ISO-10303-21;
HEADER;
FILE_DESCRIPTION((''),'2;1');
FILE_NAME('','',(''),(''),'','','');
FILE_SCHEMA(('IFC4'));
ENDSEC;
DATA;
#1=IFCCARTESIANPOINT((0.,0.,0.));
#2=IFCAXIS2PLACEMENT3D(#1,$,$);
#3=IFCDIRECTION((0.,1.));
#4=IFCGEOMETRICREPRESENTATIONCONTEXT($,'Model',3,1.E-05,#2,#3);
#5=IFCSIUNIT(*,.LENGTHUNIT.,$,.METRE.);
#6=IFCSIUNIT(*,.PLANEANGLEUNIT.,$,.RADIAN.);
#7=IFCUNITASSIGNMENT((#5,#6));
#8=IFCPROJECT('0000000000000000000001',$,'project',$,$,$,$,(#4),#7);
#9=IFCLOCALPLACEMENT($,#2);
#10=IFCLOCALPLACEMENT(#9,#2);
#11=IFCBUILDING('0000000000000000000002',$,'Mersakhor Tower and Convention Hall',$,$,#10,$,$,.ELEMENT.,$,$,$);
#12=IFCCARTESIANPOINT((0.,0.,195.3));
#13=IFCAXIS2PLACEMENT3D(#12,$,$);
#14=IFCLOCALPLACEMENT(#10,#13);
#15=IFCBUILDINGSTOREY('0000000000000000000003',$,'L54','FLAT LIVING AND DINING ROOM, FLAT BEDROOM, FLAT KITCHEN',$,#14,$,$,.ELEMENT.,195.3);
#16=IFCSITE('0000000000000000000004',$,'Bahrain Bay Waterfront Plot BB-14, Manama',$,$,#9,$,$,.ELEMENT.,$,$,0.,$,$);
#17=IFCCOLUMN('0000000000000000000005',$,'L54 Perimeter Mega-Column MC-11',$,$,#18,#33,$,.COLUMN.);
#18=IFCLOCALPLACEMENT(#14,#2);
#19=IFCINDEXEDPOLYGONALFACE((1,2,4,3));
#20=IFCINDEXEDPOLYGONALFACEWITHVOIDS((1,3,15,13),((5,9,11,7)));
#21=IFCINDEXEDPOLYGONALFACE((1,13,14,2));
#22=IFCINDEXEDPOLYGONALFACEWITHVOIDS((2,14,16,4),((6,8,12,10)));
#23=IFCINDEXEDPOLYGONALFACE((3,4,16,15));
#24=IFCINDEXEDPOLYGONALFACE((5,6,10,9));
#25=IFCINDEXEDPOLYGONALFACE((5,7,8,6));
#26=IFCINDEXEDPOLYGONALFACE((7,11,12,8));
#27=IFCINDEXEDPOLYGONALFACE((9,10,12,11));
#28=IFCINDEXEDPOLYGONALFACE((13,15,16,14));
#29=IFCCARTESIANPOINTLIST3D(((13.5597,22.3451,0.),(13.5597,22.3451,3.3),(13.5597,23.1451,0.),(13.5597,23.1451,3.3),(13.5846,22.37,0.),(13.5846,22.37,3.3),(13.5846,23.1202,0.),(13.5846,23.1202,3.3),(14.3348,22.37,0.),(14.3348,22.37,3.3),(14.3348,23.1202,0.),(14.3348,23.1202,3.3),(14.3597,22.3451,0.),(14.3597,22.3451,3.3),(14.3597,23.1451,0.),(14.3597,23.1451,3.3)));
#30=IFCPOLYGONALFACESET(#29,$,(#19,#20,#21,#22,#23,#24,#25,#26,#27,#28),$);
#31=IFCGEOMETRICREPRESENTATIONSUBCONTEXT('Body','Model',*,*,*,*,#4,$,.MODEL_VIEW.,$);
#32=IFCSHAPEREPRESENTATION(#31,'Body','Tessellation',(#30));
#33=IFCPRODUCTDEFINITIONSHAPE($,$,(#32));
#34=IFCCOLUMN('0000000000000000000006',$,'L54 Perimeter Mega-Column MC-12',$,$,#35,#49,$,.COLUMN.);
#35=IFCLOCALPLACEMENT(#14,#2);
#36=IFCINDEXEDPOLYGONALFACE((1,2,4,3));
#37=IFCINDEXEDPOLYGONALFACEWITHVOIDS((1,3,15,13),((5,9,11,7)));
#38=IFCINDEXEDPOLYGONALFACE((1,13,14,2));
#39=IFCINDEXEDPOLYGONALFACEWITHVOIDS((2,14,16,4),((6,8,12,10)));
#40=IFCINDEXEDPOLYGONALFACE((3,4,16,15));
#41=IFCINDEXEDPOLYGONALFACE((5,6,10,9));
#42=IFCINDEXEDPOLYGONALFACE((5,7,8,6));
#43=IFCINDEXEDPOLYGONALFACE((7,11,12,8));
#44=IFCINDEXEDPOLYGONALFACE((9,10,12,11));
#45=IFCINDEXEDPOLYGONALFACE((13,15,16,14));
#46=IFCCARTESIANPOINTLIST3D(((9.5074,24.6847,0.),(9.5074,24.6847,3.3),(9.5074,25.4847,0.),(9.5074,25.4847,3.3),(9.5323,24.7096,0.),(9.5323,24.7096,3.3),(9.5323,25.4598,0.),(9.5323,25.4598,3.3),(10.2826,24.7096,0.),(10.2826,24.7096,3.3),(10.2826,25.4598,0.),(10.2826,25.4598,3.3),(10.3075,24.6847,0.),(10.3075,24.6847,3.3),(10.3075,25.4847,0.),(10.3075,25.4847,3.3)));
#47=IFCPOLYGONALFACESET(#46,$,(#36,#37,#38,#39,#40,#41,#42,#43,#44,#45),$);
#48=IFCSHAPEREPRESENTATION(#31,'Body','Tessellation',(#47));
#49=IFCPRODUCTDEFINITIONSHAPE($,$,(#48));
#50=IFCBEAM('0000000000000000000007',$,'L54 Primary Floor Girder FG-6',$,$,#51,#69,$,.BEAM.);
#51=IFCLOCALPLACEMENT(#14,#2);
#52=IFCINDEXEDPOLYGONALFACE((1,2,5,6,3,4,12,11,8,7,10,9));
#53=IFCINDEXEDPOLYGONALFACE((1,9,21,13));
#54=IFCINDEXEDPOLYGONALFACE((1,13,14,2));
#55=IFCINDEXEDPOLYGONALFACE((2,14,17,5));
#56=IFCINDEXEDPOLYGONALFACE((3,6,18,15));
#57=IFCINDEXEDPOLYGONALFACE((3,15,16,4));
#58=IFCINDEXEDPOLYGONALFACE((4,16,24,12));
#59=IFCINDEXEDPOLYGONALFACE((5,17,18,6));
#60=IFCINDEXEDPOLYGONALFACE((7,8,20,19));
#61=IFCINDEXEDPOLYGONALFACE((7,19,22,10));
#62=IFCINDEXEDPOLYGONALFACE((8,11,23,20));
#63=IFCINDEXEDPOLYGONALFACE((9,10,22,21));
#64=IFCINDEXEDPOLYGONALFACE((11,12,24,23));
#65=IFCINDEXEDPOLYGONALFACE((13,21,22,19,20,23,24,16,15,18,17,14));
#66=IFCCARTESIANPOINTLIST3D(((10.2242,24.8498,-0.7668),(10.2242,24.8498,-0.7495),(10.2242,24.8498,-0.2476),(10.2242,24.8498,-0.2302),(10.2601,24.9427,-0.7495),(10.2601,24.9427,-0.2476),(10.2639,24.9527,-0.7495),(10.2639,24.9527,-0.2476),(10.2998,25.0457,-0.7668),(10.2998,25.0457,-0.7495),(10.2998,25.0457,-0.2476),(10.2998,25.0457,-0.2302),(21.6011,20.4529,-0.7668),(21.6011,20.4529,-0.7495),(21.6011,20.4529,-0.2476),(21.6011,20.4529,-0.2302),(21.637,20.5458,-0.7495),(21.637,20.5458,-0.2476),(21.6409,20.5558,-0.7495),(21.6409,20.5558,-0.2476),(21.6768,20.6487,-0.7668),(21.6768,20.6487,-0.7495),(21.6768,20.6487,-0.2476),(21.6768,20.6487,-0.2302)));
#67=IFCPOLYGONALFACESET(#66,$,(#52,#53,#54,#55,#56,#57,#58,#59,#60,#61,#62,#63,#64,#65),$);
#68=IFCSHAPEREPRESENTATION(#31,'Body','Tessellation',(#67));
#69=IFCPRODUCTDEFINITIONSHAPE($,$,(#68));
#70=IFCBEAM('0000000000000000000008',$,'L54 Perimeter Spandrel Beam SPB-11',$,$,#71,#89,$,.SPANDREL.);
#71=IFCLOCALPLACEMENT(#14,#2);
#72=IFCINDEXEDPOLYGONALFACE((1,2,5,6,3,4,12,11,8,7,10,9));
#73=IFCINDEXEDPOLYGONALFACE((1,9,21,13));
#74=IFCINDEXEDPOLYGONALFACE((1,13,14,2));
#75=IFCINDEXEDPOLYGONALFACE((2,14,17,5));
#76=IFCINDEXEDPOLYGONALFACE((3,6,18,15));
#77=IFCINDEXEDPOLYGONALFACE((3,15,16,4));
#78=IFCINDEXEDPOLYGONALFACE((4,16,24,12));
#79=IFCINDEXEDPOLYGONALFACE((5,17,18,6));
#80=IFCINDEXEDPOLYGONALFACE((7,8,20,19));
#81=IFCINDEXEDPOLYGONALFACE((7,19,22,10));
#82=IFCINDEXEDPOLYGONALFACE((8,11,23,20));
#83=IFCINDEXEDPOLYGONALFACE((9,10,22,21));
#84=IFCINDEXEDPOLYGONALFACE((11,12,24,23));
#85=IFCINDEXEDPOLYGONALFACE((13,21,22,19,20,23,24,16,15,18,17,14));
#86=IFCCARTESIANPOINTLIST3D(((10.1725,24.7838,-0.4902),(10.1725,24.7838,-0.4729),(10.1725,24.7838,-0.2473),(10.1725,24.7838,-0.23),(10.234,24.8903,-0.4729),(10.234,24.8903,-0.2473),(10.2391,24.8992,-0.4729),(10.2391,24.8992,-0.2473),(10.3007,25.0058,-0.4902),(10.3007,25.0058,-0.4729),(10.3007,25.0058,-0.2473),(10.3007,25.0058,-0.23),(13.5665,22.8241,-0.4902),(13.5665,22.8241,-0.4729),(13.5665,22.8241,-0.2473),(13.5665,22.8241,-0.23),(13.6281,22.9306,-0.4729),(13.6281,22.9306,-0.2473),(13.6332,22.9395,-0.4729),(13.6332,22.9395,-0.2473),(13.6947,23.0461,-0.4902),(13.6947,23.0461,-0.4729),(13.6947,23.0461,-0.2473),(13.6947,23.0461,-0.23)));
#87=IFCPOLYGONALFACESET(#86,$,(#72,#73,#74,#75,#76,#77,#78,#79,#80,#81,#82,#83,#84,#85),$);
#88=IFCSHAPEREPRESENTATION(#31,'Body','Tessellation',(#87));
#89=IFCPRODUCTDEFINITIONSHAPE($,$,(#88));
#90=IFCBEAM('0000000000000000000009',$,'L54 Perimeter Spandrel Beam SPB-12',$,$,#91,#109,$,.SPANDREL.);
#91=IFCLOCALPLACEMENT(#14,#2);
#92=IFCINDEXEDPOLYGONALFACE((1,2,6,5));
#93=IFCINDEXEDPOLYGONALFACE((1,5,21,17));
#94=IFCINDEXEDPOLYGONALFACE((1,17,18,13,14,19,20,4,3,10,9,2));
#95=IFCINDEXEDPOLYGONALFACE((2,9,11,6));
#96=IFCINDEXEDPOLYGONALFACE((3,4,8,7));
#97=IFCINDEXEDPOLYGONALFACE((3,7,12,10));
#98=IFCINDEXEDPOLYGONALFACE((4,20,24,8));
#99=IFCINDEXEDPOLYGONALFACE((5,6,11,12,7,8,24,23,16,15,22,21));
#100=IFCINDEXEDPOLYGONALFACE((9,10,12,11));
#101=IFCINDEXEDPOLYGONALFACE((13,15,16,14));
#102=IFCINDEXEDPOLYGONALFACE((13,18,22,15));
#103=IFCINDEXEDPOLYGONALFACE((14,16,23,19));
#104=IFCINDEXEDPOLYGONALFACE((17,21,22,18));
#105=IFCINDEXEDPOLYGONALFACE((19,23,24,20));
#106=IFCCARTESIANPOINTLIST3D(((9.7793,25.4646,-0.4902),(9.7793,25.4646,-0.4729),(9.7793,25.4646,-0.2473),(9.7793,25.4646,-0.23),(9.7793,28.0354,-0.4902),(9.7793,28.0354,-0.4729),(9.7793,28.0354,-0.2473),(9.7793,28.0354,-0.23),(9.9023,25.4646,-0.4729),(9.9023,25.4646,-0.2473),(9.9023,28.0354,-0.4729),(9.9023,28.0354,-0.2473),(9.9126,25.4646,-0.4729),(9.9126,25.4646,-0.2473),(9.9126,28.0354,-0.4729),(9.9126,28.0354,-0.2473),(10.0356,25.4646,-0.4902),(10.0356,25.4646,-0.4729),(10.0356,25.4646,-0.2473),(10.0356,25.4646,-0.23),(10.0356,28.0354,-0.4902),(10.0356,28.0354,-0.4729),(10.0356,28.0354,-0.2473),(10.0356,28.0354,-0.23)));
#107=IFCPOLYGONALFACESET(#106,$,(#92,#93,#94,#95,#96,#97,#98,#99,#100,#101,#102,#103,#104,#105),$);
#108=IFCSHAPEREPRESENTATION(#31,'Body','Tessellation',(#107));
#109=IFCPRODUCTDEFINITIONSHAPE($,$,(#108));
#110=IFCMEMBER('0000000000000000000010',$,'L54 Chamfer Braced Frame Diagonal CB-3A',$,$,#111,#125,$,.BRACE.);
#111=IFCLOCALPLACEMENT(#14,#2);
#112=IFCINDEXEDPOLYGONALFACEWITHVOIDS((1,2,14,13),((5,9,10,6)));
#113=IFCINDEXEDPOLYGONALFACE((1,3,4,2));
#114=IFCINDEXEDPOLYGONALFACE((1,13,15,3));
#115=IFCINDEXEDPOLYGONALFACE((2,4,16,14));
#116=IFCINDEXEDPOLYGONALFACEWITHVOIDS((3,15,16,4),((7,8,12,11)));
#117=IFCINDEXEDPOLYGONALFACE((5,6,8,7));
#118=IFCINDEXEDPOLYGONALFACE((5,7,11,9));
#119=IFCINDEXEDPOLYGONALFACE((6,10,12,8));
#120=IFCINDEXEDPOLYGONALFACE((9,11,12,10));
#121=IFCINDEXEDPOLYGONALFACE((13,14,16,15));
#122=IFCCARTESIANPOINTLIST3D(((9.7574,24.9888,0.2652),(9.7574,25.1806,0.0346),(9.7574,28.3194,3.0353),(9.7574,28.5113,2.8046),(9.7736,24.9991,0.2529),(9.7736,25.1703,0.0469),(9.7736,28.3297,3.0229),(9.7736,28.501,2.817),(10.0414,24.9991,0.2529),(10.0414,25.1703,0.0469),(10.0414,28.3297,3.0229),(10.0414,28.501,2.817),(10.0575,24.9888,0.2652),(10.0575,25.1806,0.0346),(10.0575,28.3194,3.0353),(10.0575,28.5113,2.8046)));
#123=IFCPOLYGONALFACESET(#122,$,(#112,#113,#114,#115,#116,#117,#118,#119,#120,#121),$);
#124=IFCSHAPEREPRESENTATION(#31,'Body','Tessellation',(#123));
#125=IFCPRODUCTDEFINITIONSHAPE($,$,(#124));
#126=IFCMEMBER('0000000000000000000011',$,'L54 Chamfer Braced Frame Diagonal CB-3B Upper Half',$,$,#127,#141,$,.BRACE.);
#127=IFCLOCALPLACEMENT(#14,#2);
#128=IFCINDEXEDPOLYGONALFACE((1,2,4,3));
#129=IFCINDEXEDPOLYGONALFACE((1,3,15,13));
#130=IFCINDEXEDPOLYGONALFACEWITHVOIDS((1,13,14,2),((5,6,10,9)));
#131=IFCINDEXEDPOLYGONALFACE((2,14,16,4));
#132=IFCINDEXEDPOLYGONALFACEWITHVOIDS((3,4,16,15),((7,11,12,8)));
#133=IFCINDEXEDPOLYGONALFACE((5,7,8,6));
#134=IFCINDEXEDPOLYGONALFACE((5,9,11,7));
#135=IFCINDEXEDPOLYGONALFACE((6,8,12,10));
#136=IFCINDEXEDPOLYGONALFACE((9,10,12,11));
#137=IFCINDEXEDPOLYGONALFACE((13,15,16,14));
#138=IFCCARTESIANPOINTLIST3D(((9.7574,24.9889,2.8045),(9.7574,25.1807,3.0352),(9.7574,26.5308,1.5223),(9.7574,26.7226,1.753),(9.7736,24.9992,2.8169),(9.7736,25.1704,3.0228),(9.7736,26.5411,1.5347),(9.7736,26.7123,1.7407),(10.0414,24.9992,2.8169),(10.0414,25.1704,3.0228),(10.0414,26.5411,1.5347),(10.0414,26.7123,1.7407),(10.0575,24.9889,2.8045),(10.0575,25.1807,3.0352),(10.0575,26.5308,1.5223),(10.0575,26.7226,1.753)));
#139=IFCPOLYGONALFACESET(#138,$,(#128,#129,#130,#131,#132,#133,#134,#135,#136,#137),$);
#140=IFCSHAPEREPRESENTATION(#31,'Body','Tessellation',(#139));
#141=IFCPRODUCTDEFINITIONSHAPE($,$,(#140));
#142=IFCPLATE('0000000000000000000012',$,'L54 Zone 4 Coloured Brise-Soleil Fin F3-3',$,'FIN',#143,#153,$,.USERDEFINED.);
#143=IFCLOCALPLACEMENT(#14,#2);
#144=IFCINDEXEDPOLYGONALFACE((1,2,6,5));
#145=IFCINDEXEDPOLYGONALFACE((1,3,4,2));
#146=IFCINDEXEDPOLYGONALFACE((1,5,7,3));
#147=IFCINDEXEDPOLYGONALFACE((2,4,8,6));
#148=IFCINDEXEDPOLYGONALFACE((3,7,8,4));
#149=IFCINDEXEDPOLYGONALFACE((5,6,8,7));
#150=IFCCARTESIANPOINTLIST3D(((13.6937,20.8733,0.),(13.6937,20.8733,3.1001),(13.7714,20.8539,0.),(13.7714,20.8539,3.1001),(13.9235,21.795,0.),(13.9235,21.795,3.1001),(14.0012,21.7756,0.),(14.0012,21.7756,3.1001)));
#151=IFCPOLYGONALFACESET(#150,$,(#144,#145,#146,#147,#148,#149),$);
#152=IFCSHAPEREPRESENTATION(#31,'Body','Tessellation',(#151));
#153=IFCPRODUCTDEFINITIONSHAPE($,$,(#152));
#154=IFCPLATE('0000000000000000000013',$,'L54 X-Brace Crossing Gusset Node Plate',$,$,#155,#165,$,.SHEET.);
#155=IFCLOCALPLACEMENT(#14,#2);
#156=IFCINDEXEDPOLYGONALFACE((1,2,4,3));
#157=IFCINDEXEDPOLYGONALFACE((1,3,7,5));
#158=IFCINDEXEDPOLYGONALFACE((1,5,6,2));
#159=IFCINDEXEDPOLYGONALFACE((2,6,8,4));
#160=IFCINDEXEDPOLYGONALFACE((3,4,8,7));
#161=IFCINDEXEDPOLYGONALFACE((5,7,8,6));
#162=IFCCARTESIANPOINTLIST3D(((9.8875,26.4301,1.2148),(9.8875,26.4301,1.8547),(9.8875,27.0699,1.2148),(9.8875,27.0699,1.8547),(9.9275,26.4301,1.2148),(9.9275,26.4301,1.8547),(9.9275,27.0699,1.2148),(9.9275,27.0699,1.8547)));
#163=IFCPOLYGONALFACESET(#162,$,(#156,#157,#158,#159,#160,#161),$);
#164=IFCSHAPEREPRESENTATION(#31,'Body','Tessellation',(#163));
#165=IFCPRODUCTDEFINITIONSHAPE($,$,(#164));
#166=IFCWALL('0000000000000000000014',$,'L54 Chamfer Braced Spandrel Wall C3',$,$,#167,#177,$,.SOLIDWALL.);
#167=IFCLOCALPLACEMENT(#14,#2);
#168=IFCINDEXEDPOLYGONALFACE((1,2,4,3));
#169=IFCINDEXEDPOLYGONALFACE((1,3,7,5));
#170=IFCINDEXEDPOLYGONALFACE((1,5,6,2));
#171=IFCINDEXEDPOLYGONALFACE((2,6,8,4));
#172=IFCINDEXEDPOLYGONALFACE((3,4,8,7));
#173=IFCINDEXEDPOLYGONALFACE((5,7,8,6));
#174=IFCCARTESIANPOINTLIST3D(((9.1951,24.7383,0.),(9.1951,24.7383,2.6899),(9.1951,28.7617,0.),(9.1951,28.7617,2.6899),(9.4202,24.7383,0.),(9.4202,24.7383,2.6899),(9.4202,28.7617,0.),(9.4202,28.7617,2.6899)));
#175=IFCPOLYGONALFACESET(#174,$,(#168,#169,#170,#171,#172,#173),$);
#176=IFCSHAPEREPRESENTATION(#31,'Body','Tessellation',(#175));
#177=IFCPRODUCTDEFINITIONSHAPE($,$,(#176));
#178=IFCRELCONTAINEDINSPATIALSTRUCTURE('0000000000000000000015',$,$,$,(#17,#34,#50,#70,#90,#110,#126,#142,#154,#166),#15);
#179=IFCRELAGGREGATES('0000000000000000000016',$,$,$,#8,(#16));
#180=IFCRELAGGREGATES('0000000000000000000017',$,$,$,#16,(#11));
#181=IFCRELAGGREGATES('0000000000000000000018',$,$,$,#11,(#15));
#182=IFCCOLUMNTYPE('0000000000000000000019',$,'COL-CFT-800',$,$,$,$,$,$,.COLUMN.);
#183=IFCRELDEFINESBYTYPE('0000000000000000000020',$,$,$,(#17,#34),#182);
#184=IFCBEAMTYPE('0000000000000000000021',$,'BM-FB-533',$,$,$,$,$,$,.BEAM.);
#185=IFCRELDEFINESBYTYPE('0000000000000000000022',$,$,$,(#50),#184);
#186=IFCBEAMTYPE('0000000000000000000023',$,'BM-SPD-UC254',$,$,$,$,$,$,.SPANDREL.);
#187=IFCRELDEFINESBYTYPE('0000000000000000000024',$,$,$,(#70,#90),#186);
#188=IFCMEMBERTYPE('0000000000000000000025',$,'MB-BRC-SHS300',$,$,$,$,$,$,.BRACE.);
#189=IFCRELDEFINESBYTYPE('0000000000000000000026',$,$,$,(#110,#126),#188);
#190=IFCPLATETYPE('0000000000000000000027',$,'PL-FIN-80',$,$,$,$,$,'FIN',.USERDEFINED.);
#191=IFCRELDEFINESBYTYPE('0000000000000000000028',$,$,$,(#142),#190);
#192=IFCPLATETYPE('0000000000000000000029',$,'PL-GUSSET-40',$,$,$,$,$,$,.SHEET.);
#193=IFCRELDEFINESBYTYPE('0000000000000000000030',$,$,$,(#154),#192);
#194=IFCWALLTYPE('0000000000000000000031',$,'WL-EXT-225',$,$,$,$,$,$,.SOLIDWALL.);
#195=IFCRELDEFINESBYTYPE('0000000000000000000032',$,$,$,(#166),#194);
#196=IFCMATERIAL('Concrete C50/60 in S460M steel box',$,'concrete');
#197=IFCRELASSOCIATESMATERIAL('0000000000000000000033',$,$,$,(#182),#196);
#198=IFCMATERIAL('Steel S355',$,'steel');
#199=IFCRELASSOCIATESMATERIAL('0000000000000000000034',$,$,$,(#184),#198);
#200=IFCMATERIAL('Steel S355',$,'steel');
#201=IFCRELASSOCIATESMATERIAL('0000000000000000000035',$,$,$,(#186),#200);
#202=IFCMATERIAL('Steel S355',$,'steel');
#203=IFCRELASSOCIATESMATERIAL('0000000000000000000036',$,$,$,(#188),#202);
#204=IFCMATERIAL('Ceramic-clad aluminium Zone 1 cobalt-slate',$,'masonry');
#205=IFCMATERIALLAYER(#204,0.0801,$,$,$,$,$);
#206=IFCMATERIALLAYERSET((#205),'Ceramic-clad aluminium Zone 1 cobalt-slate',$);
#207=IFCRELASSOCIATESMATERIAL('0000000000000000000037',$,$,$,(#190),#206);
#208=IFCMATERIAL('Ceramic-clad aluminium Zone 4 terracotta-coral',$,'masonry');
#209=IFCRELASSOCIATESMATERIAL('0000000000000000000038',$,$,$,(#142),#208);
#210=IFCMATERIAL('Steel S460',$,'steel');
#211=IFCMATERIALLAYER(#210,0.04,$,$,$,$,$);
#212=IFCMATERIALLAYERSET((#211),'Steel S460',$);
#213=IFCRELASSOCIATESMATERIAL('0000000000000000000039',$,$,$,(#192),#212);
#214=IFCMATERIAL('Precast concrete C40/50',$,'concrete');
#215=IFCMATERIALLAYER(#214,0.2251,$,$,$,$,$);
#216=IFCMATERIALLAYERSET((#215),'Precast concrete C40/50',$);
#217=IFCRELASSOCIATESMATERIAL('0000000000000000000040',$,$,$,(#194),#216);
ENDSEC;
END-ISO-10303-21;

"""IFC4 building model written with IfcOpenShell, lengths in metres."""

from ifc_helpers import new_model, si_unit, direction, frame, frame_2d, origin, origin_2d, place, context, subcontext, project, spatial, rectangle, hollow_rectangle, i_section, extrude, material, layer, layer_set, material_profile, profile_set, type_object, element, save


model = new_model("IFC4")

# Units and contexts
model_context = context("Model", 3, precision=1e-05, world=origin(), true_north=direction((0.0, 1.0)))
body_context = subcontext(model_context, "Body", "Model", "MODEL_VIEW")
ifc_project = project(units=[si_unit("LENGTHUNIT", "METRE"), si_unit("PLANEANGLEUNIT", "RADIAN")], contexts=[model_context])

# Site, building, storey
site_placement = place(None, origin())
site = spatial("IfcSite", under=ifc_project, at=site_placement, Name="Bahrain Bay Waterfront Plot BB-14, Manama", CompositionType="ELEMENT", RefElevation=0.0)
building_placement = place(site_placement, origin())
building = spatial("IfcBuilding", under=site, at=building_placement, Name="Mersakhor Tower and Convention Hall", CompositionType="ELEMENT")
storey_placement = place(building_placement, frame((0.0, 0.0, 195.3)))
storey = spatial("IfcBuildingStorey", under=building, at=storey_placement, Name="L54", Description="FLAT LIVING AND DINING ROOM, FLAT BEDROOM, FLAT KITCHEN", CompositionType="ELEMENT", Elevation=195.3)

# Columns
ifc_material_1 = material(Name="Concrete C50/60 in S460M steel box", Category="concrete")
ifc_material_profile_1 = material_profile(ifc_material_1, hollow_rectangle(XDim=0.8, YDim=0.8, WallThickness=0.0249, at=origin_2d()), Name="SHS 800x800x25")
ifc_profile_set_1 = profile_set([ifc_material_profile_1], Name="Concrete C50/60 in S460M steel box")
column_type = type_object("IfcColumnType", Name="COL-CFT-800", PredefinedType="COLUMN", material=ifc_profile_set_1)
for number, where, z_axis, x_axis, name in (
    (1, (13.9597, 22.7451, 0.0), (0.0, 0.0, 1.0), (1.0, 0.0, 0.0), "L54 Perimeter Mega-Column MC-11"),
    (2, (9.9075, 25.0847, 0.0), (0.0, 0.0, 1.0), (1.0, 0.0, 0.0), "L54 Perimeter Mega-Column MC-12"),
):
    element("IfcColumn", number, at=place(storey_placement, frame(where, z_axis=z_axis, x_axis=x_axis)), inside=storey, type_object=column_type, Name=name, PredefinedType="COLUMN", context=body_context, shape_type="SweptSolid", body=[
        extrude(hollow_rectangle(XDim=0.8, YDim=0.8, WallThickness=0.0249, at=origin_2d()), origin(), (0.0, 0.0, 1.0), 3.3),
    ])

# Beams
ifc_material_2 = material(Name="Steel S355", Category="steel")
ifc_material_profile_2 = material_profile(ifc_material_2, i_section(OverallWidth=0.21, OverallDepth=0.5366, WebThickness=0.0107, FlangeThickness=0.0173, at=origin_2d()), Name="UB 533x210x101")
ifc_profile_set_2 = profile_set([ifc_material_profile_2], Name="Steel S355")
beam_type_1 = type_object("IfcBeamType", Name="BM-FB-533", PredefinedType="BEAM", material=ifc_profile_set_2)
beam_1_placement = place(storey_placement, frame((21.6389, 20.5508, -0.4985), z_axis=(-0.932761, 0.360494, 0.0), x_axis=(-0.360494, -0.932761, 0.0)))
element("IfcBeam", 3, at=beam_1_placement, inside=storey, type_object=beam_type_1, Name="L54 Primary Floor Girder FG-6", PredefinedType="BEAM", context=body_context, shape_type="SweptSolid", body=[
    extrude(i_section(OverallWidth=0.21, OverallDepth=0.5366, WebThickness=0.0107, FlangeThickness=0.0173, at=origin_2d()), origin(), (0.0, 0.0, 1.0), 12.197),
])
ifc_material_3 = material(Name="Steel S355", Category="steel")
ifc_material_profile_3 = material_profile(ifc_material_3, i_section(OverallWidth=0.2563, OverallDepth=0.2603, WebThickness=0.0103, FlangeThickness=0.0173, at=origin_2d()), Name="UC 254x254x89")
ifc_profile_set_3 = profile_set([ifc_material_profile_3], Name="Steel S355")
beam_type_2 = type_object("IfcBeamType", Name="BM-SPD-UC254", PredefinedType="SPANDREL", material=ifc_profile_set_3)
beam_2_placement = place(storey_placement, frame((13.6306, 22.9351, -0.3601), z_axis=(-0.866007, 0.500032, 0.0), x_axis=(-0.500032, -0.866007, 0.0)))
element("IfcBeam", 4, at=beam_2_placement, inside=storey, type_object=beam_type_2, Name="L54 Perimeter Spandrel Beam SPB-11", PredefinedType="SPANDREL", context=body_context, shape_type="SweptSolid", body=[
    extrude(i_section(OverallWidth=0.2563, OverallDepth=0.2603, WebThickness=0.0103, FlangeThickness=0.0173, at=origin_2d()), origin(), (0.0, 0.0, 1.0), 3.9192),
])
beam_3_placement = place(storey_placement, frame((9.9075, 25.4646, -0.3601), z_axis=(0.0, 1.0, 0.0), x_axis=(-1.0, 0.0, 0.0)))
element("IfcBeam", 5, at=beam_3_placement, inside=storey, type_object=beam_type_2, Name="L54 Perimeter Spandrel Beam SPB-12", PredefinedType="SPANDREL", context=body_context, shape_type="SweptSolid", body=[
    extrude(i_section(OverallWidth=0.2563, OverallDepth=0.2603, WebThickness=0.0103, FlangeThickness=0.0173, at=origin_2d()), origin(), (0.0, 0.0, 1.0), 2.5708),
])

# Members
ifc_material_4 = material(Name="Steel S355", Category="steel")
ifc_material_profile_4 = material_profile(ifc_material_4, hollow_rectangle(XDim=0.3, YDim=0.3, WallThickness=0.0161, at=origin_2d()), Name="SHS 300x300x16")
ifc_profile_set_4 = profile_set([ifc_material_profile_4], Name="Steel S355")
member_type = type_object("IfcMemberType", Name="MB-BRC-SHS300", PredefinedType="BRACE", material=ifc_profile_set_4)
member_1_placement = place(storey_placement, frame((9.9075, 25.0847, 0.1499), z_axis=(0.0, 0.76884, 0.639441), x_axis=(-1.0, 0.0, 0.0)))
element("IfcMember", 6, at=member_1_placement, inside=storey, type_object=member_type, Name="L54 Chamfer Braced Frame Diagonal CB-3A", PredefinedType="BRACE", context=body_context, shape_type="SweptSolid", body=[
    extrude(hollow_rectangle(XDim=0.3, YDim=0.3, WallThickness=0.0161, at=origin_2d()), origin(), (0.0, 0.0, 1.0), 4.332),
])
member_2_placement = place(storey_placement, frame((9.9075, 26.6267, 1.6377), z_axis=(0.0, -0.768899, 0.63937), x_axis=(1.0, 0.0, 0.0)))
element("IfcMember", 7, at=member_2_placement, inside=storey, type_object=member_type, Name="L54 Chamfer Braced Frame Diagonal CB-3B Upper Half", PredefinedType="BRACE", context=body_context, shape_type="SweptSolid", body=[
    extrude(hollow_rectangle(XDim=0.3, YDim=0.3, WallThickness=0.0161, at=origin_2d()), origin(), (0.0, 0.0, 1.0), 2.0054),
])

# Plates
ifc_material_5 = material(Name="Ceramic-clad aluminium Zone 4 terracotta-coral", Category="masonry")
ifc_material_6 = material(Name="Ceramic-clad aluminium Zone 1 cobalt-slate", Category="masonry")
ifc_layer_1 = layer(ifc_material_6, 0.0801)
ifc_layer_set_1 = layer_set([ifc_layer_1], Name="Ceramic-clad aluminium Zone 1 cobalt-slate")
plate_type_1 = type_object("IfcPlateType", Name="PL-FIN-80", ElementType="FIN", PredefinedType="USERDEFINED", material=ifc_layer_set_1)
plate_1_placement = place(storey_placement, frame((13.8474, 21.3245, 0.0), z_axis=(0.0, 0.0, 1.0), x_axis=(-0.241922, -0.970296, 0.0)))
element("IfcPlate", 8, at=plate_1_placement, inside=storey, type_object=plate_type_1, material=ifc_material_5, Name="L54 Zone 4 Coloured Brise-Soleil Fin F3-3", ObjectType="FIN", PredefinedType="USERDEFINED", context=body_context, shape_type="SweptSolid", body=[
    extrude(rectangle(XDim=0.95, YDim=0.0801, at=origin_2d()), origin(), (0.0, 0.0, 1.0), 3.1001),
])
ifc_material_7 = material(Name="Steel S460", Category="steel")
ifc_layer_2 = layer(ifc_material_7, 0.04)
ifc_layer_set_2 = layer_set([ifc_layer_2], Name="Steel S460")
plate_type_2 = type_object("IfcPlateType", Name="PL-GUSSET-40", PredefinedType="SHEET", material=ifc_layer_set_2)
plate_2_placement = place(storey_placement, frame((9.9075, 26.75, 1.2148), z_axis=(0.0, 0.0, 1.0), x_axis=(0.0, -1.0, 0.0)))
element("IfcPlate", 9, at=plate_2_placement, inside=storey, type_object=plate_type_2, Name="L54 X-Brace Crossing Gusset Node Plate", PredefinedType="SHEET", context=body_context, shape_type="SweptSolid", body=[
    extrude(rectangle(XDim=0.6399, YDim=0.04, at=origin_2d()), origin(), (0.0, 0.0, 1.0), 0.6399),
])

# Wall
ifc_material_8 = material(Name="Precast concrete C40/50", Category="concrete")
ifc_layer_3 = layer(ifc_material_8, 0.2251)
ifc_layer_set_3 = layer_set([ifc_layer_3], Name="Precast concrete C40/50")
wall_type_1 = type_object("IfcWallType", Name="WL-EXT-225", PredefinedType="SOLIDWALL", material=ifc_layer_set_3)
wall_1_placement = place(storey_placement, frame((9.3076, 24.7383, 0.0), z_axis=(0.0, 0.0, 1.0), x_axis=(0.0, 1.0, 0.0)))
element("IfcWall", 10, at=wall_1_placement, inside=storey, type_object=wall_type_1, Name="L54 Chamfer Braced Spandrel Wall C3", PredefinedType="SOLIDWALL", context=body_context, shape_type="SweptSolid", body=[
    extrude(rectangle(XDim=4.0234, YDim=0.2251, at=frame_2d((2.0117, 0.0))), origin(), (0.0, 0.0, 1.0), 2.6899),
])

save(model, "model.ifc")
